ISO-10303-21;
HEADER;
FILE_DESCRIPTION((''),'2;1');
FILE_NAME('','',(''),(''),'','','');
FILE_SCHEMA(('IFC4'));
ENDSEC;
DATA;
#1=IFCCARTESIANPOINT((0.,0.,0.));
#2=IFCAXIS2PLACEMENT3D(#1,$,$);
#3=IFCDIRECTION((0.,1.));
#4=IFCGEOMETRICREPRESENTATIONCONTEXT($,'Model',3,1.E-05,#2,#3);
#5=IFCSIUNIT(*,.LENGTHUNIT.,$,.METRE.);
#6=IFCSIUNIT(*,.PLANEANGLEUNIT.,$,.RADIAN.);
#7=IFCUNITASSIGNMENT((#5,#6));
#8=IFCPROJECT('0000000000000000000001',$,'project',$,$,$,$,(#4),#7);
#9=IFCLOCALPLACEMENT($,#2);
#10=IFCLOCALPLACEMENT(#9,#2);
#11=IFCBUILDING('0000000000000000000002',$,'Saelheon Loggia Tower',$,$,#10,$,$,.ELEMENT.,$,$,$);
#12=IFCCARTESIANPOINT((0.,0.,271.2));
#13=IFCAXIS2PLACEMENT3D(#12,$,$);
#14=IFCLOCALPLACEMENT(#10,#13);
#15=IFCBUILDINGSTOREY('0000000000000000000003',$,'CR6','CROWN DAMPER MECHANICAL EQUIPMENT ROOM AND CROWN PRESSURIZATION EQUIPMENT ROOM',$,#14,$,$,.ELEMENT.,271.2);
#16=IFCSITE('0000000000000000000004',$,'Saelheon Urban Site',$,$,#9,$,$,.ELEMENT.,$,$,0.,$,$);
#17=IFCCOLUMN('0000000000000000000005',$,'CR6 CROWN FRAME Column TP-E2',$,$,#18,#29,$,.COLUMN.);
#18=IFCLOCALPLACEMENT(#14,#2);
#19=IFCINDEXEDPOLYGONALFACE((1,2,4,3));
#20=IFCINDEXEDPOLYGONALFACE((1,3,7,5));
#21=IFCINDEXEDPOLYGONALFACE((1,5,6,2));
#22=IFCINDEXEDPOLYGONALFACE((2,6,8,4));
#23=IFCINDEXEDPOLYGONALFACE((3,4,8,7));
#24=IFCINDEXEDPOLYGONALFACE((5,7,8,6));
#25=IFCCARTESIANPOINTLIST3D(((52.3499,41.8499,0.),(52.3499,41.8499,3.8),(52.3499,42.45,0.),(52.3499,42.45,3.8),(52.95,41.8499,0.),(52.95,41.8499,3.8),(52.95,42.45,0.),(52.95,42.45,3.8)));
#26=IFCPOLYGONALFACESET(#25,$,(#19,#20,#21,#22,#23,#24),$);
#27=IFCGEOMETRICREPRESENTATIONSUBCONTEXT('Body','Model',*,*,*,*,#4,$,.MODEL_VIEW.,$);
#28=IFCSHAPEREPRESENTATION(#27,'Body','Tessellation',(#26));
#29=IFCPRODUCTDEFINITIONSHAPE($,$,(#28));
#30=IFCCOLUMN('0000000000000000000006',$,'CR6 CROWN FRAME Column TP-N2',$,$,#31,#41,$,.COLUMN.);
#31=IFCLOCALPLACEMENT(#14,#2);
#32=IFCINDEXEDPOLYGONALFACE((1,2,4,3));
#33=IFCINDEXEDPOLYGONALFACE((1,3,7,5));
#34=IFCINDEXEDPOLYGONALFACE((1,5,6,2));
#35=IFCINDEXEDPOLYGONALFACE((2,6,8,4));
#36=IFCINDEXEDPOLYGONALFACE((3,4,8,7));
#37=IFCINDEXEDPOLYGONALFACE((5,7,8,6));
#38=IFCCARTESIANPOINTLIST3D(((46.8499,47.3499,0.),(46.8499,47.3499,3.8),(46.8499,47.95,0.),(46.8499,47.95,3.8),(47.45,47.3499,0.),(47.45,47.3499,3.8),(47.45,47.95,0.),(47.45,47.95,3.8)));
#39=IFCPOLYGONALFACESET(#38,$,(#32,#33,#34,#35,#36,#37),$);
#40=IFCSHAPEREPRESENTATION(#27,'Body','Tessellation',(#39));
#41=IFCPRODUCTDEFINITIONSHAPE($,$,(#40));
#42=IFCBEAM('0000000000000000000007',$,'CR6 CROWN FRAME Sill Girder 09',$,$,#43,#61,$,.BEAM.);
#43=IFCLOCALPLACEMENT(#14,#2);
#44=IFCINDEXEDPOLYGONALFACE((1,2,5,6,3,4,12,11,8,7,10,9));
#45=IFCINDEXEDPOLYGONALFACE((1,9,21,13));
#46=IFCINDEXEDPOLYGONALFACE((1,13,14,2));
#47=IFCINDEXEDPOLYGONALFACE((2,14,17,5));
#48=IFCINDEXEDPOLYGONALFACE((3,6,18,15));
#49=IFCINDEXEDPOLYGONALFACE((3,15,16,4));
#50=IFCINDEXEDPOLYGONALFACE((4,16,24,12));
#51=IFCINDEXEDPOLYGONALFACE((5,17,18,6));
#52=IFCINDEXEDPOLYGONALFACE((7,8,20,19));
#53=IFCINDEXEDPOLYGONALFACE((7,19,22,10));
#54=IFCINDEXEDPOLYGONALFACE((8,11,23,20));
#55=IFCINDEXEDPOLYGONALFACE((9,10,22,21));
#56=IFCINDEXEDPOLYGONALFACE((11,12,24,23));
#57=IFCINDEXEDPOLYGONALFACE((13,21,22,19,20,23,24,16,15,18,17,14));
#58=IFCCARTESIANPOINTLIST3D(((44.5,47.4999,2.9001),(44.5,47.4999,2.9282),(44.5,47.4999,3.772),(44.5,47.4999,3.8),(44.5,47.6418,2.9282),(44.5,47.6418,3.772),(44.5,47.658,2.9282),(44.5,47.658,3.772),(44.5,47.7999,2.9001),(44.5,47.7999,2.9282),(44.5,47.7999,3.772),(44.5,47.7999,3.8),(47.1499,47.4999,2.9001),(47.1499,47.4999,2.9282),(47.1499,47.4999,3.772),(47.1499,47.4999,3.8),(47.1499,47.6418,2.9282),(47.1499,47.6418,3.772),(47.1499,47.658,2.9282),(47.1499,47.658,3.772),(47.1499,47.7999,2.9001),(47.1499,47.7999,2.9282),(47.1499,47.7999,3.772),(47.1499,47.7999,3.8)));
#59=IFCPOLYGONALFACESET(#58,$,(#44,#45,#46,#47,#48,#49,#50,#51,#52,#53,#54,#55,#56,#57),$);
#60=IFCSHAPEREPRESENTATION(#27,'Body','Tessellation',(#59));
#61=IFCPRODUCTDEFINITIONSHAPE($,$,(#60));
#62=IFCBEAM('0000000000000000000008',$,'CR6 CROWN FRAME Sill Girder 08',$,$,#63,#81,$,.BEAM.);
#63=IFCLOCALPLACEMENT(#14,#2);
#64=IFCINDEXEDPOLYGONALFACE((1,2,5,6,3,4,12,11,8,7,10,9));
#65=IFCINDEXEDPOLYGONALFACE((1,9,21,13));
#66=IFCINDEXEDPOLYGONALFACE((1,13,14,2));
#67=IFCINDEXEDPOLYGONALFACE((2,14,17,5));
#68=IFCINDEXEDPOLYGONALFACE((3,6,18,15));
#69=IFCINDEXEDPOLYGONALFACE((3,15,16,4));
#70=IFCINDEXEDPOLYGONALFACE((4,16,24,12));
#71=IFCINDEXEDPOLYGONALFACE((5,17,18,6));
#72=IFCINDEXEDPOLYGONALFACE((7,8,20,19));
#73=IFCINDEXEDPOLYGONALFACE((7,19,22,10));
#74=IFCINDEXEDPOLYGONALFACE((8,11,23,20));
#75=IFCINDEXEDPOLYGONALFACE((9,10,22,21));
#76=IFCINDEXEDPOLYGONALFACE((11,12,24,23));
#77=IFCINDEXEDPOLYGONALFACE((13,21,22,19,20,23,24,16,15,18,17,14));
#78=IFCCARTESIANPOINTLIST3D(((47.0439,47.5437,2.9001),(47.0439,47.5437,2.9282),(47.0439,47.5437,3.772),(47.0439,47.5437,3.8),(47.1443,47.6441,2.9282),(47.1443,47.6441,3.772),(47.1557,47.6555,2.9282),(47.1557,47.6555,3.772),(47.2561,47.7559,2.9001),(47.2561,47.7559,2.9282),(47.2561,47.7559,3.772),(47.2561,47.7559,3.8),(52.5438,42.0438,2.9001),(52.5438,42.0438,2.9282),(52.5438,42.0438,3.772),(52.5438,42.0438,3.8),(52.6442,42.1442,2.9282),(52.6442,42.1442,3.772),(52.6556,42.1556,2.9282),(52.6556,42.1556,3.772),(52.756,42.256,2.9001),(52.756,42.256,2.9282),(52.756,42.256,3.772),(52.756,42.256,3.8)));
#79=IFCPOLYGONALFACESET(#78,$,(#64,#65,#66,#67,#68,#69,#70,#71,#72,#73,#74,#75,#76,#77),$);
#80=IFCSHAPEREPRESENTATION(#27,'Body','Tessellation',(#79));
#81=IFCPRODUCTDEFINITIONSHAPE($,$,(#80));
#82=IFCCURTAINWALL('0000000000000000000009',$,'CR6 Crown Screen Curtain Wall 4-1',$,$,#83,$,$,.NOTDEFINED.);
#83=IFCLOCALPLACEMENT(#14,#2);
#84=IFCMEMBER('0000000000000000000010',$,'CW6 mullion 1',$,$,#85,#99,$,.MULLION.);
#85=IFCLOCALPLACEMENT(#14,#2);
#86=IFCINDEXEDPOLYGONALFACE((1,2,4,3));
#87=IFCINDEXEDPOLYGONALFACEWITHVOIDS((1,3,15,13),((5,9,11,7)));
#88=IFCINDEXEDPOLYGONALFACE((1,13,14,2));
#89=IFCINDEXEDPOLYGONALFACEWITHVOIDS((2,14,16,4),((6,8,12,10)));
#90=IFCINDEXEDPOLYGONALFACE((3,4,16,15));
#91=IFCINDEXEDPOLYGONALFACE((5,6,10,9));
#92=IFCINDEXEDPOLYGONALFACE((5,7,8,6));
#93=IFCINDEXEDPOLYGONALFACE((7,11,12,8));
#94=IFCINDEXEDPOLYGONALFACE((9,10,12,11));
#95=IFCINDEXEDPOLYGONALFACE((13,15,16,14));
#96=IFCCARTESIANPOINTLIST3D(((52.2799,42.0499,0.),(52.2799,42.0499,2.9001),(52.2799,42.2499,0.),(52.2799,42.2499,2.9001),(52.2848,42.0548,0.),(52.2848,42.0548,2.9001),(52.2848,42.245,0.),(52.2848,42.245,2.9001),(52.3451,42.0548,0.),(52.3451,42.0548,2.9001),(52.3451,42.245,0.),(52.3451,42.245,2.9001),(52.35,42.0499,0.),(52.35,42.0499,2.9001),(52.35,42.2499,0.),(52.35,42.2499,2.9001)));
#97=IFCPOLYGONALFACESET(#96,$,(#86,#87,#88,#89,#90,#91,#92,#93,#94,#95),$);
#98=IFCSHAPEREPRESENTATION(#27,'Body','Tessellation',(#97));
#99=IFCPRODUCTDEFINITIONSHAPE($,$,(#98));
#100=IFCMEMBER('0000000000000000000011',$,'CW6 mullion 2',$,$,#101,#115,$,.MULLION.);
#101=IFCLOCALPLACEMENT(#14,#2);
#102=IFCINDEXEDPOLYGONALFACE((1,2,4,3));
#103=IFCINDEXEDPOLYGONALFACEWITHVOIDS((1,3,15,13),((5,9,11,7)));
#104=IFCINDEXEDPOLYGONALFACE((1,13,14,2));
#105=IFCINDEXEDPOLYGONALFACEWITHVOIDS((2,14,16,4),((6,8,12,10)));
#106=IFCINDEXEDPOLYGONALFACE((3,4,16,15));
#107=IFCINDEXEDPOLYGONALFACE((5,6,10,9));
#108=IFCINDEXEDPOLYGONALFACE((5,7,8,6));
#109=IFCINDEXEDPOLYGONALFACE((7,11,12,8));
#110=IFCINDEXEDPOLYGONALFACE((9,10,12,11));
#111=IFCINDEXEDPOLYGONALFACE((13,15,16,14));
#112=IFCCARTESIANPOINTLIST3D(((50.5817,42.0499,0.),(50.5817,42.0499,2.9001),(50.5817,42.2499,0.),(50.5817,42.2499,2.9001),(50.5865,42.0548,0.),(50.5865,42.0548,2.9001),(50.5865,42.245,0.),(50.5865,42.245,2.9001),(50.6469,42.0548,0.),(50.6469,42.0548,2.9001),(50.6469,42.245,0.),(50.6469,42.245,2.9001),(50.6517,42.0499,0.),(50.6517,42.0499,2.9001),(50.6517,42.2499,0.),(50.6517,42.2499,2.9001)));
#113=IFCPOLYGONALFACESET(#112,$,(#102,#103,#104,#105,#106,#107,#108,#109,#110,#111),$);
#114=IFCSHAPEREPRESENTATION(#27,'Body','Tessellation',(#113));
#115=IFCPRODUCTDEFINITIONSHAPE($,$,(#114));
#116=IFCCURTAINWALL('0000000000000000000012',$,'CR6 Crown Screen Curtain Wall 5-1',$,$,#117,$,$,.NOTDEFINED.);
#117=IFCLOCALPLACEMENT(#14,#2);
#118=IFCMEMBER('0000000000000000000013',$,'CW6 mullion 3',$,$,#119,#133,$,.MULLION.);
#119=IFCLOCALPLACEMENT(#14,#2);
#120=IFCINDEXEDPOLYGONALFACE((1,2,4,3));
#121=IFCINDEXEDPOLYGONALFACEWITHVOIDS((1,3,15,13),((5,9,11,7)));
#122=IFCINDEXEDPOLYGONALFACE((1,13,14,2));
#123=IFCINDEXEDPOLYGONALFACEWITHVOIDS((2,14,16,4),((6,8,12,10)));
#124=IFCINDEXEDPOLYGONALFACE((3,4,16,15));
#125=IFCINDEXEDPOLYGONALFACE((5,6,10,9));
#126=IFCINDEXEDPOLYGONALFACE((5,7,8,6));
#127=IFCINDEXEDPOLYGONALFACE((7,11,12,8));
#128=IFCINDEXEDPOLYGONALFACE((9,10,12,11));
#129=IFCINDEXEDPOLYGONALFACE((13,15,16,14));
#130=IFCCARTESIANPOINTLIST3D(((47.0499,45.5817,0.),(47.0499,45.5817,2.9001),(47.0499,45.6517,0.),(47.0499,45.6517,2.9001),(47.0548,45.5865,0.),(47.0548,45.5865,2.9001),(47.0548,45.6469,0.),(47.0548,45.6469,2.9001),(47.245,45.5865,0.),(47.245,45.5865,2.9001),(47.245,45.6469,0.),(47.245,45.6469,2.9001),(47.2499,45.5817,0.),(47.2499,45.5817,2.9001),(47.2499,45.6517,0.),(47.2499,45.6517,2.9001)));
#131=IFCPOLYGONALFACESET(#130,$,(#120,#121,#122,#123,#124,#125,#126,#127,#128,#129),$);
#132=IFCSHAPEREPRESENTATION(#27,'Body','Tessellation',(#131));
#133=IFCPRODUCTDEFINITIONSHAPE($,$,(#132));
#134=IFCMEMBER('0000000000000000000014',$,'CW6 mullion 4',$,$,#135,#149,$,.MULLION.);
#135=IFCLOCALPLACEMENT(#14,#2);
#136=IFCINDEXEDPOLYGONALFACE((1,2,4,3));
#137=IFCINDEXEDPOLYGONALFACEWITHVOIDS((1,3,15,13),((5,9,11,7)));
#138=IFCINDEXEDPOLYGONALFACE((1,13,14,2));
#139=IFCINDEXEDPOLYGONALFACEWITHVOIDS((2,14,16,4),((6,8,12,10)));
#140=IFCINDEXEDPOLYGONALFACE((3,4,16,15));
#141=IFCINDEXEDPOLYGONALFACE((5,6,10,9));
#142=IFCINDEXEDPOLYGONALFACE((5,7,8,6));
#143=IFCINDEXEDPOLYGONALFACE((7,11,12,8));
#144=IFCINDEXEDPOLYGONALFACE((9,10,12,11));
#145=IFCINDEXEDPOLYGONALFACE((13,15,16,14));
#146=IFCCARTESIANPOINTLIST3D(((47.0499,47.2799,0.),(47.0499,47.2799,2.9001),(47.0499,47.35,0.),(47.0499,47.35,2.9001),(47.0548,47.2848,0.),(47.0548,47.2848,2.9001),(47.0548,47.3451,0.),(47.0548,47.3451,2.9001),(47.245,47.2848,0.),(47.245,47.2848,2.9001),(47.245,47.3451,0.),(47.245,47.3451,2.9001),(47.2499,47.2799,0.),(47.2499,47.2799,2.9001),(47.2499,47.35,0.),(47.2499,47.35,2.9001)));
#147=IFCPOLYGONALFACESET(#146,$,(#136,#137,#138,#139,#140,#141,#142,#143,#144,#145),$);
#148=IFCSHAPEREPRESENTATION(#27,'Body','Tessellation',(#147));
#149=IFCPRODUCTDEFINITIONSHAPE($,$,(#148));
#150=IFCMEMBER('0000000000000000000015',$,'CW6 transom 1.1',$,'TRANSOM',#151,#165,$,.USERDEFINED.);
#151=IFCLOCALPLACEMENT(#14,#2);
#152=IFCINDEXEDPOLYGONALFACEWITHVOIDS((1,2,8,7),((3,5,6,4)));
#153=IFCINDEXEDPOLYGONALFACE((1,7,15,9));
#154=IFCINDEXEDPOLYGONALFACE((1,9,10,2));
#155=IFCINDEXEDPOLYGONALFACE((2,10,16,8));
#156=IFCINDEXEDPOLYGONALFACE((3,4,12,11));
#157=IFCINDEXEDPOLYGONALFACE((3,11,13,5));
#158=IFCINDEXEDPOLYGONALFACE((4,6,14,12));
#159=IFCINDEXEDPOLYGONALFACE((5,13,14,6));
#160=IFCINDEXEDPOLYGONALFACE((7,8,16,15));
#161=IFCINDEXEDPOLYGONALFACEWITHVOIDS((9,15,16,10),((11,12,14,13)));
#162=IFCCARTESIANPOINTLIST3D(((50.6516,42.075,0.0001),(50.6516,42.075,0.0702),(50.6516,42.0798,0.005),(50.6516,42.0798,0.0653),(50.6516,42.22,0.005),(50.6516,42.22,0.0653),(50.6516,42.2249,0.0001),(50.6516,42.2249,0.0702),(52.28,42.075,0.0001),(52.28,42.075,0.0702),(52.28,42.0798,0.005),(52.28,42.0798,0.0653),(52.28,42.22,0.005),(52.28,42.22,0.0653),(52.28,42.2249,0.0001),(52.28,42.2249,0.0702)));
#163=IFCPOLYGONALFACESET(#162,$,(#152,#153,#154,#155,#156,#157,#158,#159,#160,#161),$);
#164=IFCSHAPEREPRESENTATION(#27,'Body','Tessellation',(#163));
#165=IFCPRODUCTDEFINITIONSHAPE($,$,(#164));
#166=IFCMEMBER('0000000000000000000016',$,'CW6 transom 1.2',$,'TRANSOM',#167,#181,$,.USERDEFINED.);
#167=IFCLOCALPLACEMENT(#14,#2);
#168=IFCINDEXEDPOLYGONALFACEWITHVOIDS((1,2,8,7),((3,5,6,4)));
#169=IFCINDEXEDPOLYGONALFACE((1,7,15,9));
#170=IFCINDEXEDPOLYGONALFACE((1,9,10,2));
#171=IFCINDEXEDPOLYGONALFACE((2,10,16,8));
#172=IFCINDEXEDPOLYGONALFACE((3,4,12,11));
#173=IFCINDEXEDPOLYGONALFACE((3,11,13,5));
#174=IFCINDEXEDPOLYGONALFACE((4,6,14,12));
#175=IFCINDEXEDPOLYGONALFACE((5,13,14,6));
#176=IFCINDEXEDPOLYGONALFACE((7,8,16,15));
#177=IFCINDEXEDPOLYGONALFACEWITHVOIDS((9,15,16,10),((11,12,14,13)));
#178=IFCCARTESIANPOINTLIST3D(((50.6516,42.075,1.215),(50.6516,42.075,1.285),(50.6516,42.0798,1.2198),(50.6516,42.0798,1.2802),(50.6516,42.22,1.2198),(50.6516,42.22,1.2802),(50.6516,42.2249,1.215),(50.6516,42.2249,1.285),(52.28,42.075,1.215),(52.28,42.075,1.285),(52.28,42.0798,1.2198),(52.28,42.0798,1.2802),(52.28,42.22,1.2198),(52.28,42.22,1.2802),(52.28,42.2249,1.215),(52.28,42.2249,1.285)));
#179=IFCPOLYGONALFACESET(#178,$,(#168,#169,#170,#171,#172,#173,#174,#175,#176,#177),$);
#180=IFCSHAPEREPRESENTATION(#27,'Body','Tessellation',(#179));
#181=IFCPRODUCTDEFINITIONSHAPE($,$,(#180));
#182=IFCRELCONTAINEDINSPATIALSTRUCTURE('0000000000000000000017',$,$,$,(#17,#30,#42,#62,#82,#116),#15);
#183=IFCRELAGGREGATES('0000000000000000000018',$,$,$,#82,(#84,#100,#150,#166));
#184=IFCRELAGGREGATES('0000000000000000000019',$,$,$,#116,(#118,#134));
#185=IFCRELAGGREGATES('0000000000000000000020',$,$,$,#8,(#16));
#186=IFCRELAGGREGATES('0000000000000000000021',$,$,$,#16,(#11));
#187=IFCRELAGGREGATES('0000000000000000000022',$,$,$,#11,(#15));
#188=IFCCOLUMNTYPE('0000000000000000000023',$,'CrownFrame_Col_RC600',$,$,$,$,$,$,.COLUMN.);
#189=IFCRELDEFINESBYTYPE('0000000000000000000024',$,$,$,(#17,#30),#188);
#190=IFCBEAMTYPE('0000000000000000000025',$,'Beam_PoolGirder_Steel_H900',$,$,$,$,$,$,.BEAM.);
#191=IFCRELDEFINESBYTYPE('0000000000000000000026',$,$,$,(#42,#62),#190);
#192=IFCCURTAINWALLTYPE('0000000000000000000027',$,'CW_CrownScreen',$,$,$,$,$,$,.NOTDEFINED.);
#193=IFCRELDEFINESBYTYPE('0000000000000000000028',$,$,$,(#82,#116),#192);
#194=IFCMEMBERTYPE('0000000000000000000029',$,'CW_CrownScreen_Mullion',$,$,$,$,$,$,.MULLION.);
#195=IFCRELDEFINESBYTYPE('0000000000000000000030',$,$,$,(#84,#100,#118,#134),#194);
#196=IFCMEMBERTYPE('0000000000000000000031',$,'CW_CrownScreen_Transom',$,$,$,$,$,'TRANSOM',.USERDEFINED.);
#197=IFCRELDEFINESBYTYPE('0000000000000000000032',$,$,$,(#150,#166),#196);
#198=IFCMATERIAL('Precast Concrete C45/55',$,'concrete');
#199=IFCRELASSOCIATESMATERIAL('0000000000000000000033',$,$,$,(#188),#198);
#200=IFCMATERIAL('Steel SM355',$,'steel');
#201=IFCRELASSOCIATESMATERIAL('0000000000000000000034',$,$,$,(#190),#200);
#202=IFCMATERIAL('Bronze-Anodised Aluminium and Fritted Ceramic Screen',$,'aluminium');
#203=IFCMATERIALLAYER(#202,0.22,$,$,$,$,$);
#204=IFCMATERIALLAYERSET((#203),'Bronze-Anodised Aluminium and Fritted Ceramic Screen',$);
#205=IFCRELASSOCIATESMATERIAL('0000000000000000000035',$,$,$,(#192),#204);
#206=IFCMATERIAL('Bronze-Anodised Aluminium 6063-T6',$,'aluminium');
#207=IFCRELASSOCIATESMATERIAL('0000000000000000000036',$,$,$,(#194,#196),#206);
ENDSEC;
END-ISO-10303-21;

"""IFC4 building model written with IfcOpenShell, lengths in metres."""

from ifc_helpers import new_model, si_unit, direction, frame, origin, origin_2d, place, context, subcontext, project, spatial, rectangle, hollow_rectangle, i_section, extrude, source, transform, mapped, material, layer, layer_set, material_profile, profile_set, type_object, element, aggregate, save


model = new_model("IFC4")

# Units and contexts
model_context = context("Model", 3, precision=1e-05, world=origin(), true_north=direction((0.0, 1.0)))
body_context = subcontext(model_context, "Body", "Model", "MODEL_VIEW")
ifc_project = project(units=[si_unit("LENGTHUNIT", "METRE"), si_unit("PLANEANGLEUNIT", "RADIAN")], contexts=[model_context])

# Site, building, storey
site_placement = place(None, origin())
site = spatial("IfcSite", under=ifc_project, at=site_placement, Name="Saelheon Urban Site", CompositionType="ELEMENT", RefElevation=0.0)
building_placement = place(site_placement, origin())
building = spatial("IfcBuilding", under=site, at=building_placement, Name="Saelheon Loggia Tower", CompositionType="ELEMENT")
storey_placement = place(building_placement, frame((0.0, 0.0, 271.2)))
storey = spatial("IfcBuildingStorey", under=building, at=storey_placement, Name="CR6", Description="CROWN DAMPER MECHANICAL EQUIPMENT ROOM AND CROWN PRESSURIZATION EQUIPMENT ROOM", CompositionType="ELEMENT", Elevation=271.2)

# Columns
ifc_material_1 = material(Name="Precast Concrete C45/55", Category="concrete")
ifc_material_profile_1 = material_profile(ifc_material_1, rectangle(XDim=0.6001, YDim=0.6001, at=origin_2d()), Name="RC-600x600")
ifc_profile_set_1 = profile_set([ifc_material_profile_1], Name="Precast Concrete C45/55")
column_type = type_object("IfcColumnType", Name="CrownFrame_Col_RC600", PredefinedType="COLUMN", material=ifc_profile_set_1)
shared_shape_1 = source(origin(), body_context, "Body", "SweptSolid", [
    extrude(rectangle(XDim=0.6001, YDim=0.6001, at=origin_2d()), origin(), (0.0, 0.0, 1.0), 3.8),
])
for number, where, z_axis, x_axis, name in (
    (1, (52.6499, 42.1499, 0.0), (0.0, 0.0, 1.0), (1.0, 0.0, 0.0), "CR6 CROWN FRAME Column TP-E2"),
    (2, (47.1499, 47.6499, 0.0), (0.0, 0.0, 1.0), (1.0, 0.0, 0.0), "CR6 CROWN FRAME Column TP-N2"),
):
    element("IfcColumn", number, at=place(storey_placement, frame(where, z_axis=z_axis, x_axis=x_axis)), inside=storey, type_object=column_type, Name=name, PredefinedType="COLUMN", context=body_context, shape_type="MappedRepresentation", body=[
        mapped(shared_shape_1, transform((0.0, 0.0, 0.0), scale=1.0)),
    ])

# Beams
ifc_material_2 = material(Name="Steel SM355", Category="steel")
ifc_material_profile_2 = material_profile(ifc_material_2, i_section(OverallWidth=0.3, OverallDepth=0.8999, WebThickness=0.0161, FlangeThickness=0.0281, at=origin_2d()), Name="H-900x300x16x28")
ifc_profile_set_2 = profile_set([ifc_material_profile_2], Name="Steel SM355")
beam_type = type_object("IfcBeamType", Name="Beam_PoolGirder_Steel_H900", PredefinedType="BEAM", material=ifc_profile_set_2)
shared_shape_2 = source(origin(), body_context, "Body", "SweptSolid", [
    extrude(i_section(OverallWidth=0.3, OverallDepth=0.8999, WebThickness=0.0161, FlangeThickness=0.0281, at=origin_2d()), origin(), (0.0, 0.0, 1.0), 2.6499),
])
beam_1_placement = place(storey_placement, frame((47.1499, 47.6499, 3.3501), z_axis=(-1.0, 0.0, 0.0), x_axis=(0.0, -1.0, 0.0)))
element("IfcBeam", 3, at=beam_1_placement, inside=storey, type_object=beam_type, Name="CR6 CROWN FRAME Sill Girder 09", PredefinedType="BEAM", context=body_context, shape_type="MappedRepresentation", body=[
    mapped(shared_shape_2, transform((0.0, 0.0, 0.0), scale=1.0)),
])
shared_shape_3 = source(origin(), body_context, "Body", "SweptSolid", [
    extrude(i_section(OverallWidth=0.3, OverallDepth=0.8999, WebThickness=0.0161, FlangeThickness=0.0281, at=origin_2d()), origin(), (0.0, 0.0, 1.0), 7.7781),
])
beam_2_placement = place(storey_placement, frame((52.6499, 42.1499, 3.3501), z_axis=(-0.707107, 0.707107, 0.0), x_axis=(-0.707107, -0.707107, 0.0)))
element("IfcBeam", 4, at=beam_2_placement, inside=storey, type_object=beam_type, Name="CR6 CROWN FRAME Sill Girder 08", PredefinedType="BEAM", context=body_context, shape_type="MappedRepresentation", body=[
    mapped(shared_shape_3, transform((0.0, 0.0, 0.0), scale=1.0)),
])

# Curtain walls, members
ifc_material_3 = material(Name="Bronze-Anodised Aluminium and Fritted Ceramic Screen", Category="aluminium")
ifc_layer_1 = layer(ifc_material_3, 0.22)
ifc_layer_set_1 = layer_set([ifc_layer_1], Name="Bronze-Anodised Aluminium and Fritted Ceramic Screen")
curtain_wall_type = type_object("IfcCurtainWallType", Name="CW_CrownScreen", PredefinedType="NOTDEFINED", material=ifc_layer_set_1)
curtain_wall_1_placement = place(storey_placement, origin())
curtain_wall_1 = element("IfcCurtainWall", 5, at=curtain_wall_1_placement, inside=storey, type_object=curtain_wall_type, Name="CR6 Crown Screen Curtain Wall 4-1", PredefinedType="NOTDEFINED")
ifc_material_4 = material(Name="Bronze-Anodised Aluminium 6063-T6", Category="aluminium")
ifc_material_profile_3 = material_profile(ifc_material_4, hollow_rectangle(XDim=0.0701, YDim=0.2, WallThickness=0.0049, at=origin_2d()), Name="RHS-200x70x5")
ifc_profile_set_3 = profile_set([ifc_material_profile_3], Name="Bronze-Anodised Aluminium 6063-T6")
member_type_1 = type_object("IfcMemberType", Name="CW_CrownScreen_Mullion", PredefinedType="MULLION", material=ifc_profile_set_3)
shared_shape_4 = source(origin(), body_context, "Body", "SweptSolid", [
    extrude(hollow_rectangle(XDim=0.0701, YDim=0.2, WallThickness=0.0049, at=origin_2d()), origin(), (0.0, 0.0, 1.0), 2.9001),
])
member_1_placement = place(storey_placement, frame((52.3149, 42.1499, 0.0), z_axis=(0.0, 0.0, 1.0), x_axis=(-1.0, 0.0, 0.0)))
member_1 = element("IfcMember", 6, at=member_1_placement, type_object=member_type_1, Name="CW6 mullion 1", PredefinedType="MULLION", context=body_context, shape_type="MappedRepresentation", body=[
    mapped(shared_shape_4, transform((0.0, 0.0, 0.0), scale=1.0)),
])
member_2_placement = place(storey_placement, frame((50.6167, 42.1499, 0.0), z_axis=(0.0, 0.0, 1.0), x_axis=(-1.0, 0.0, 0.0)))
member_2 = element("IfcMember", 7, at=member_2_placement, type_object=member_type_1, Name="CW6 mullion 2", PredefinedType="MULLION", context=body_context, shape_type="MappedRepresentation", body=[
    mapped(shared_shape_4, transform((0.0, 0.0, 0.0), scale=1.0)),
])
curtain_wall_2_placement = place(storey_placement, origin())
curtain_wall_2 = element("IfcCurtainWall", 8, at=curtain_wall_2_placement, inside=storey, type_object=curtain_wall_type, Name="CR6 Crown Screen Curtain Wall 5-1", PredefinedType="NOTDEFINED")
member_3_placement = place(storey_placement, frame((47.1499, 45.6167, 0.0), z_axis=(0.0, 0.0, 1.0), x_axis=(0.0, 1.0, 0.0)))
member_3 = element("IfcMember", 9, at=member_3_placement, type_object=member_type_1, Name="CW6 mullion 3", PredefinedType="MULLION", context=body_context, shape_type="MappedRepresentation", body=[
    mapped(shared_shape_4, transform((0.0, 0.0, 0.0), scale=1.0)),
])
member_4_placement = place(storey_placement, frame((47.1499, 47.3149, 0.0), z_axis=(0.0, 0.0, 1.0), x_axis=(0.0, 1.0, 0.0)))
member_4 = element("IfcMember", 10, at=member_4_placement, type_object=member_type_1, Name="CW6 mullion 4", PredefinedType="MULLION", context=body_context, shape_type="MappedRepresentation", body=[
    mapped(shared_shape_4, transform((0.0, 0.0, 0.0), scale=1.0)),
])

# Members
ifc_material_profile_4 = material_profile(ifc_material_4, hollow_rectangle(XDim=0.0701, YDim=0.1499, WallThickness=0.0049, at=origin_2d()), Name="RHS-150x70x5")
ifc_profile_set_4 = profile_set([ifc_material_profile_4], Name="Bronze-Anodised Aluminium 6063-T6")
member_type_2 = type_object("IfcMemberType", Name="CW_CrownScreen_Transom", ElementType="TRANSOM", PredefinedType="USERDEFINED", material=ifc_profile_set_4)
shared_shape_5 = source(origin(), body_context, "Body", "SweptSolid", [
    extrude(hollow_rectangle(XDim=0.0701, YDim=0.1499, WallThickness=0.0049, at=origin_2d()), origin(), (0.0, 0.0, 1.0), 1.6284),
])
member_5_placement = place(storey_placement, frame((52.28, 42.1499, 0.0352), z_axis=(-1.0, 0.0, 0.0), x_axis=(0.0, 0.0, 1.0)))
member_5 = element("IfcMember", 11, at=member_5_placement, type_object=member_type_2, Name="CW6 transom 1.1", ObjectType="TRANSOM", PredefinedType="USERDEFINED", context=body_context, shape_type="MappedRepresentation", body=[
    mapped(shared_shape_5, transform((0.0, 0.0, 0.0), scale=1.0)),
])
member_6_placement = place(storey_placement, frame((52.28, 42.1499, 1.25), z_axis=(-1.0, 0.0, 0.0), x_axis=(0.0, 0.0, 1.0)))
member_6 = element("IfcMember", 12, at=member_6_placement, type_object=member_type_2, Name="CW6 transom 1.2", ObjectType="TRANSOM", PredefinedType="USERDEFINED", context=body_context, shape_type="MappedRepresentation", body=[
    mapped(shared_shape_5, transform((0.0, 0.0, 0.0), scale=1.0)),
])

aggregate(curtain_wall_1, [member_1, member_2, member_5, member_6])
aggregate(curtain_wall_2, [member_3, member_4])

save(model, "model.ifc")
